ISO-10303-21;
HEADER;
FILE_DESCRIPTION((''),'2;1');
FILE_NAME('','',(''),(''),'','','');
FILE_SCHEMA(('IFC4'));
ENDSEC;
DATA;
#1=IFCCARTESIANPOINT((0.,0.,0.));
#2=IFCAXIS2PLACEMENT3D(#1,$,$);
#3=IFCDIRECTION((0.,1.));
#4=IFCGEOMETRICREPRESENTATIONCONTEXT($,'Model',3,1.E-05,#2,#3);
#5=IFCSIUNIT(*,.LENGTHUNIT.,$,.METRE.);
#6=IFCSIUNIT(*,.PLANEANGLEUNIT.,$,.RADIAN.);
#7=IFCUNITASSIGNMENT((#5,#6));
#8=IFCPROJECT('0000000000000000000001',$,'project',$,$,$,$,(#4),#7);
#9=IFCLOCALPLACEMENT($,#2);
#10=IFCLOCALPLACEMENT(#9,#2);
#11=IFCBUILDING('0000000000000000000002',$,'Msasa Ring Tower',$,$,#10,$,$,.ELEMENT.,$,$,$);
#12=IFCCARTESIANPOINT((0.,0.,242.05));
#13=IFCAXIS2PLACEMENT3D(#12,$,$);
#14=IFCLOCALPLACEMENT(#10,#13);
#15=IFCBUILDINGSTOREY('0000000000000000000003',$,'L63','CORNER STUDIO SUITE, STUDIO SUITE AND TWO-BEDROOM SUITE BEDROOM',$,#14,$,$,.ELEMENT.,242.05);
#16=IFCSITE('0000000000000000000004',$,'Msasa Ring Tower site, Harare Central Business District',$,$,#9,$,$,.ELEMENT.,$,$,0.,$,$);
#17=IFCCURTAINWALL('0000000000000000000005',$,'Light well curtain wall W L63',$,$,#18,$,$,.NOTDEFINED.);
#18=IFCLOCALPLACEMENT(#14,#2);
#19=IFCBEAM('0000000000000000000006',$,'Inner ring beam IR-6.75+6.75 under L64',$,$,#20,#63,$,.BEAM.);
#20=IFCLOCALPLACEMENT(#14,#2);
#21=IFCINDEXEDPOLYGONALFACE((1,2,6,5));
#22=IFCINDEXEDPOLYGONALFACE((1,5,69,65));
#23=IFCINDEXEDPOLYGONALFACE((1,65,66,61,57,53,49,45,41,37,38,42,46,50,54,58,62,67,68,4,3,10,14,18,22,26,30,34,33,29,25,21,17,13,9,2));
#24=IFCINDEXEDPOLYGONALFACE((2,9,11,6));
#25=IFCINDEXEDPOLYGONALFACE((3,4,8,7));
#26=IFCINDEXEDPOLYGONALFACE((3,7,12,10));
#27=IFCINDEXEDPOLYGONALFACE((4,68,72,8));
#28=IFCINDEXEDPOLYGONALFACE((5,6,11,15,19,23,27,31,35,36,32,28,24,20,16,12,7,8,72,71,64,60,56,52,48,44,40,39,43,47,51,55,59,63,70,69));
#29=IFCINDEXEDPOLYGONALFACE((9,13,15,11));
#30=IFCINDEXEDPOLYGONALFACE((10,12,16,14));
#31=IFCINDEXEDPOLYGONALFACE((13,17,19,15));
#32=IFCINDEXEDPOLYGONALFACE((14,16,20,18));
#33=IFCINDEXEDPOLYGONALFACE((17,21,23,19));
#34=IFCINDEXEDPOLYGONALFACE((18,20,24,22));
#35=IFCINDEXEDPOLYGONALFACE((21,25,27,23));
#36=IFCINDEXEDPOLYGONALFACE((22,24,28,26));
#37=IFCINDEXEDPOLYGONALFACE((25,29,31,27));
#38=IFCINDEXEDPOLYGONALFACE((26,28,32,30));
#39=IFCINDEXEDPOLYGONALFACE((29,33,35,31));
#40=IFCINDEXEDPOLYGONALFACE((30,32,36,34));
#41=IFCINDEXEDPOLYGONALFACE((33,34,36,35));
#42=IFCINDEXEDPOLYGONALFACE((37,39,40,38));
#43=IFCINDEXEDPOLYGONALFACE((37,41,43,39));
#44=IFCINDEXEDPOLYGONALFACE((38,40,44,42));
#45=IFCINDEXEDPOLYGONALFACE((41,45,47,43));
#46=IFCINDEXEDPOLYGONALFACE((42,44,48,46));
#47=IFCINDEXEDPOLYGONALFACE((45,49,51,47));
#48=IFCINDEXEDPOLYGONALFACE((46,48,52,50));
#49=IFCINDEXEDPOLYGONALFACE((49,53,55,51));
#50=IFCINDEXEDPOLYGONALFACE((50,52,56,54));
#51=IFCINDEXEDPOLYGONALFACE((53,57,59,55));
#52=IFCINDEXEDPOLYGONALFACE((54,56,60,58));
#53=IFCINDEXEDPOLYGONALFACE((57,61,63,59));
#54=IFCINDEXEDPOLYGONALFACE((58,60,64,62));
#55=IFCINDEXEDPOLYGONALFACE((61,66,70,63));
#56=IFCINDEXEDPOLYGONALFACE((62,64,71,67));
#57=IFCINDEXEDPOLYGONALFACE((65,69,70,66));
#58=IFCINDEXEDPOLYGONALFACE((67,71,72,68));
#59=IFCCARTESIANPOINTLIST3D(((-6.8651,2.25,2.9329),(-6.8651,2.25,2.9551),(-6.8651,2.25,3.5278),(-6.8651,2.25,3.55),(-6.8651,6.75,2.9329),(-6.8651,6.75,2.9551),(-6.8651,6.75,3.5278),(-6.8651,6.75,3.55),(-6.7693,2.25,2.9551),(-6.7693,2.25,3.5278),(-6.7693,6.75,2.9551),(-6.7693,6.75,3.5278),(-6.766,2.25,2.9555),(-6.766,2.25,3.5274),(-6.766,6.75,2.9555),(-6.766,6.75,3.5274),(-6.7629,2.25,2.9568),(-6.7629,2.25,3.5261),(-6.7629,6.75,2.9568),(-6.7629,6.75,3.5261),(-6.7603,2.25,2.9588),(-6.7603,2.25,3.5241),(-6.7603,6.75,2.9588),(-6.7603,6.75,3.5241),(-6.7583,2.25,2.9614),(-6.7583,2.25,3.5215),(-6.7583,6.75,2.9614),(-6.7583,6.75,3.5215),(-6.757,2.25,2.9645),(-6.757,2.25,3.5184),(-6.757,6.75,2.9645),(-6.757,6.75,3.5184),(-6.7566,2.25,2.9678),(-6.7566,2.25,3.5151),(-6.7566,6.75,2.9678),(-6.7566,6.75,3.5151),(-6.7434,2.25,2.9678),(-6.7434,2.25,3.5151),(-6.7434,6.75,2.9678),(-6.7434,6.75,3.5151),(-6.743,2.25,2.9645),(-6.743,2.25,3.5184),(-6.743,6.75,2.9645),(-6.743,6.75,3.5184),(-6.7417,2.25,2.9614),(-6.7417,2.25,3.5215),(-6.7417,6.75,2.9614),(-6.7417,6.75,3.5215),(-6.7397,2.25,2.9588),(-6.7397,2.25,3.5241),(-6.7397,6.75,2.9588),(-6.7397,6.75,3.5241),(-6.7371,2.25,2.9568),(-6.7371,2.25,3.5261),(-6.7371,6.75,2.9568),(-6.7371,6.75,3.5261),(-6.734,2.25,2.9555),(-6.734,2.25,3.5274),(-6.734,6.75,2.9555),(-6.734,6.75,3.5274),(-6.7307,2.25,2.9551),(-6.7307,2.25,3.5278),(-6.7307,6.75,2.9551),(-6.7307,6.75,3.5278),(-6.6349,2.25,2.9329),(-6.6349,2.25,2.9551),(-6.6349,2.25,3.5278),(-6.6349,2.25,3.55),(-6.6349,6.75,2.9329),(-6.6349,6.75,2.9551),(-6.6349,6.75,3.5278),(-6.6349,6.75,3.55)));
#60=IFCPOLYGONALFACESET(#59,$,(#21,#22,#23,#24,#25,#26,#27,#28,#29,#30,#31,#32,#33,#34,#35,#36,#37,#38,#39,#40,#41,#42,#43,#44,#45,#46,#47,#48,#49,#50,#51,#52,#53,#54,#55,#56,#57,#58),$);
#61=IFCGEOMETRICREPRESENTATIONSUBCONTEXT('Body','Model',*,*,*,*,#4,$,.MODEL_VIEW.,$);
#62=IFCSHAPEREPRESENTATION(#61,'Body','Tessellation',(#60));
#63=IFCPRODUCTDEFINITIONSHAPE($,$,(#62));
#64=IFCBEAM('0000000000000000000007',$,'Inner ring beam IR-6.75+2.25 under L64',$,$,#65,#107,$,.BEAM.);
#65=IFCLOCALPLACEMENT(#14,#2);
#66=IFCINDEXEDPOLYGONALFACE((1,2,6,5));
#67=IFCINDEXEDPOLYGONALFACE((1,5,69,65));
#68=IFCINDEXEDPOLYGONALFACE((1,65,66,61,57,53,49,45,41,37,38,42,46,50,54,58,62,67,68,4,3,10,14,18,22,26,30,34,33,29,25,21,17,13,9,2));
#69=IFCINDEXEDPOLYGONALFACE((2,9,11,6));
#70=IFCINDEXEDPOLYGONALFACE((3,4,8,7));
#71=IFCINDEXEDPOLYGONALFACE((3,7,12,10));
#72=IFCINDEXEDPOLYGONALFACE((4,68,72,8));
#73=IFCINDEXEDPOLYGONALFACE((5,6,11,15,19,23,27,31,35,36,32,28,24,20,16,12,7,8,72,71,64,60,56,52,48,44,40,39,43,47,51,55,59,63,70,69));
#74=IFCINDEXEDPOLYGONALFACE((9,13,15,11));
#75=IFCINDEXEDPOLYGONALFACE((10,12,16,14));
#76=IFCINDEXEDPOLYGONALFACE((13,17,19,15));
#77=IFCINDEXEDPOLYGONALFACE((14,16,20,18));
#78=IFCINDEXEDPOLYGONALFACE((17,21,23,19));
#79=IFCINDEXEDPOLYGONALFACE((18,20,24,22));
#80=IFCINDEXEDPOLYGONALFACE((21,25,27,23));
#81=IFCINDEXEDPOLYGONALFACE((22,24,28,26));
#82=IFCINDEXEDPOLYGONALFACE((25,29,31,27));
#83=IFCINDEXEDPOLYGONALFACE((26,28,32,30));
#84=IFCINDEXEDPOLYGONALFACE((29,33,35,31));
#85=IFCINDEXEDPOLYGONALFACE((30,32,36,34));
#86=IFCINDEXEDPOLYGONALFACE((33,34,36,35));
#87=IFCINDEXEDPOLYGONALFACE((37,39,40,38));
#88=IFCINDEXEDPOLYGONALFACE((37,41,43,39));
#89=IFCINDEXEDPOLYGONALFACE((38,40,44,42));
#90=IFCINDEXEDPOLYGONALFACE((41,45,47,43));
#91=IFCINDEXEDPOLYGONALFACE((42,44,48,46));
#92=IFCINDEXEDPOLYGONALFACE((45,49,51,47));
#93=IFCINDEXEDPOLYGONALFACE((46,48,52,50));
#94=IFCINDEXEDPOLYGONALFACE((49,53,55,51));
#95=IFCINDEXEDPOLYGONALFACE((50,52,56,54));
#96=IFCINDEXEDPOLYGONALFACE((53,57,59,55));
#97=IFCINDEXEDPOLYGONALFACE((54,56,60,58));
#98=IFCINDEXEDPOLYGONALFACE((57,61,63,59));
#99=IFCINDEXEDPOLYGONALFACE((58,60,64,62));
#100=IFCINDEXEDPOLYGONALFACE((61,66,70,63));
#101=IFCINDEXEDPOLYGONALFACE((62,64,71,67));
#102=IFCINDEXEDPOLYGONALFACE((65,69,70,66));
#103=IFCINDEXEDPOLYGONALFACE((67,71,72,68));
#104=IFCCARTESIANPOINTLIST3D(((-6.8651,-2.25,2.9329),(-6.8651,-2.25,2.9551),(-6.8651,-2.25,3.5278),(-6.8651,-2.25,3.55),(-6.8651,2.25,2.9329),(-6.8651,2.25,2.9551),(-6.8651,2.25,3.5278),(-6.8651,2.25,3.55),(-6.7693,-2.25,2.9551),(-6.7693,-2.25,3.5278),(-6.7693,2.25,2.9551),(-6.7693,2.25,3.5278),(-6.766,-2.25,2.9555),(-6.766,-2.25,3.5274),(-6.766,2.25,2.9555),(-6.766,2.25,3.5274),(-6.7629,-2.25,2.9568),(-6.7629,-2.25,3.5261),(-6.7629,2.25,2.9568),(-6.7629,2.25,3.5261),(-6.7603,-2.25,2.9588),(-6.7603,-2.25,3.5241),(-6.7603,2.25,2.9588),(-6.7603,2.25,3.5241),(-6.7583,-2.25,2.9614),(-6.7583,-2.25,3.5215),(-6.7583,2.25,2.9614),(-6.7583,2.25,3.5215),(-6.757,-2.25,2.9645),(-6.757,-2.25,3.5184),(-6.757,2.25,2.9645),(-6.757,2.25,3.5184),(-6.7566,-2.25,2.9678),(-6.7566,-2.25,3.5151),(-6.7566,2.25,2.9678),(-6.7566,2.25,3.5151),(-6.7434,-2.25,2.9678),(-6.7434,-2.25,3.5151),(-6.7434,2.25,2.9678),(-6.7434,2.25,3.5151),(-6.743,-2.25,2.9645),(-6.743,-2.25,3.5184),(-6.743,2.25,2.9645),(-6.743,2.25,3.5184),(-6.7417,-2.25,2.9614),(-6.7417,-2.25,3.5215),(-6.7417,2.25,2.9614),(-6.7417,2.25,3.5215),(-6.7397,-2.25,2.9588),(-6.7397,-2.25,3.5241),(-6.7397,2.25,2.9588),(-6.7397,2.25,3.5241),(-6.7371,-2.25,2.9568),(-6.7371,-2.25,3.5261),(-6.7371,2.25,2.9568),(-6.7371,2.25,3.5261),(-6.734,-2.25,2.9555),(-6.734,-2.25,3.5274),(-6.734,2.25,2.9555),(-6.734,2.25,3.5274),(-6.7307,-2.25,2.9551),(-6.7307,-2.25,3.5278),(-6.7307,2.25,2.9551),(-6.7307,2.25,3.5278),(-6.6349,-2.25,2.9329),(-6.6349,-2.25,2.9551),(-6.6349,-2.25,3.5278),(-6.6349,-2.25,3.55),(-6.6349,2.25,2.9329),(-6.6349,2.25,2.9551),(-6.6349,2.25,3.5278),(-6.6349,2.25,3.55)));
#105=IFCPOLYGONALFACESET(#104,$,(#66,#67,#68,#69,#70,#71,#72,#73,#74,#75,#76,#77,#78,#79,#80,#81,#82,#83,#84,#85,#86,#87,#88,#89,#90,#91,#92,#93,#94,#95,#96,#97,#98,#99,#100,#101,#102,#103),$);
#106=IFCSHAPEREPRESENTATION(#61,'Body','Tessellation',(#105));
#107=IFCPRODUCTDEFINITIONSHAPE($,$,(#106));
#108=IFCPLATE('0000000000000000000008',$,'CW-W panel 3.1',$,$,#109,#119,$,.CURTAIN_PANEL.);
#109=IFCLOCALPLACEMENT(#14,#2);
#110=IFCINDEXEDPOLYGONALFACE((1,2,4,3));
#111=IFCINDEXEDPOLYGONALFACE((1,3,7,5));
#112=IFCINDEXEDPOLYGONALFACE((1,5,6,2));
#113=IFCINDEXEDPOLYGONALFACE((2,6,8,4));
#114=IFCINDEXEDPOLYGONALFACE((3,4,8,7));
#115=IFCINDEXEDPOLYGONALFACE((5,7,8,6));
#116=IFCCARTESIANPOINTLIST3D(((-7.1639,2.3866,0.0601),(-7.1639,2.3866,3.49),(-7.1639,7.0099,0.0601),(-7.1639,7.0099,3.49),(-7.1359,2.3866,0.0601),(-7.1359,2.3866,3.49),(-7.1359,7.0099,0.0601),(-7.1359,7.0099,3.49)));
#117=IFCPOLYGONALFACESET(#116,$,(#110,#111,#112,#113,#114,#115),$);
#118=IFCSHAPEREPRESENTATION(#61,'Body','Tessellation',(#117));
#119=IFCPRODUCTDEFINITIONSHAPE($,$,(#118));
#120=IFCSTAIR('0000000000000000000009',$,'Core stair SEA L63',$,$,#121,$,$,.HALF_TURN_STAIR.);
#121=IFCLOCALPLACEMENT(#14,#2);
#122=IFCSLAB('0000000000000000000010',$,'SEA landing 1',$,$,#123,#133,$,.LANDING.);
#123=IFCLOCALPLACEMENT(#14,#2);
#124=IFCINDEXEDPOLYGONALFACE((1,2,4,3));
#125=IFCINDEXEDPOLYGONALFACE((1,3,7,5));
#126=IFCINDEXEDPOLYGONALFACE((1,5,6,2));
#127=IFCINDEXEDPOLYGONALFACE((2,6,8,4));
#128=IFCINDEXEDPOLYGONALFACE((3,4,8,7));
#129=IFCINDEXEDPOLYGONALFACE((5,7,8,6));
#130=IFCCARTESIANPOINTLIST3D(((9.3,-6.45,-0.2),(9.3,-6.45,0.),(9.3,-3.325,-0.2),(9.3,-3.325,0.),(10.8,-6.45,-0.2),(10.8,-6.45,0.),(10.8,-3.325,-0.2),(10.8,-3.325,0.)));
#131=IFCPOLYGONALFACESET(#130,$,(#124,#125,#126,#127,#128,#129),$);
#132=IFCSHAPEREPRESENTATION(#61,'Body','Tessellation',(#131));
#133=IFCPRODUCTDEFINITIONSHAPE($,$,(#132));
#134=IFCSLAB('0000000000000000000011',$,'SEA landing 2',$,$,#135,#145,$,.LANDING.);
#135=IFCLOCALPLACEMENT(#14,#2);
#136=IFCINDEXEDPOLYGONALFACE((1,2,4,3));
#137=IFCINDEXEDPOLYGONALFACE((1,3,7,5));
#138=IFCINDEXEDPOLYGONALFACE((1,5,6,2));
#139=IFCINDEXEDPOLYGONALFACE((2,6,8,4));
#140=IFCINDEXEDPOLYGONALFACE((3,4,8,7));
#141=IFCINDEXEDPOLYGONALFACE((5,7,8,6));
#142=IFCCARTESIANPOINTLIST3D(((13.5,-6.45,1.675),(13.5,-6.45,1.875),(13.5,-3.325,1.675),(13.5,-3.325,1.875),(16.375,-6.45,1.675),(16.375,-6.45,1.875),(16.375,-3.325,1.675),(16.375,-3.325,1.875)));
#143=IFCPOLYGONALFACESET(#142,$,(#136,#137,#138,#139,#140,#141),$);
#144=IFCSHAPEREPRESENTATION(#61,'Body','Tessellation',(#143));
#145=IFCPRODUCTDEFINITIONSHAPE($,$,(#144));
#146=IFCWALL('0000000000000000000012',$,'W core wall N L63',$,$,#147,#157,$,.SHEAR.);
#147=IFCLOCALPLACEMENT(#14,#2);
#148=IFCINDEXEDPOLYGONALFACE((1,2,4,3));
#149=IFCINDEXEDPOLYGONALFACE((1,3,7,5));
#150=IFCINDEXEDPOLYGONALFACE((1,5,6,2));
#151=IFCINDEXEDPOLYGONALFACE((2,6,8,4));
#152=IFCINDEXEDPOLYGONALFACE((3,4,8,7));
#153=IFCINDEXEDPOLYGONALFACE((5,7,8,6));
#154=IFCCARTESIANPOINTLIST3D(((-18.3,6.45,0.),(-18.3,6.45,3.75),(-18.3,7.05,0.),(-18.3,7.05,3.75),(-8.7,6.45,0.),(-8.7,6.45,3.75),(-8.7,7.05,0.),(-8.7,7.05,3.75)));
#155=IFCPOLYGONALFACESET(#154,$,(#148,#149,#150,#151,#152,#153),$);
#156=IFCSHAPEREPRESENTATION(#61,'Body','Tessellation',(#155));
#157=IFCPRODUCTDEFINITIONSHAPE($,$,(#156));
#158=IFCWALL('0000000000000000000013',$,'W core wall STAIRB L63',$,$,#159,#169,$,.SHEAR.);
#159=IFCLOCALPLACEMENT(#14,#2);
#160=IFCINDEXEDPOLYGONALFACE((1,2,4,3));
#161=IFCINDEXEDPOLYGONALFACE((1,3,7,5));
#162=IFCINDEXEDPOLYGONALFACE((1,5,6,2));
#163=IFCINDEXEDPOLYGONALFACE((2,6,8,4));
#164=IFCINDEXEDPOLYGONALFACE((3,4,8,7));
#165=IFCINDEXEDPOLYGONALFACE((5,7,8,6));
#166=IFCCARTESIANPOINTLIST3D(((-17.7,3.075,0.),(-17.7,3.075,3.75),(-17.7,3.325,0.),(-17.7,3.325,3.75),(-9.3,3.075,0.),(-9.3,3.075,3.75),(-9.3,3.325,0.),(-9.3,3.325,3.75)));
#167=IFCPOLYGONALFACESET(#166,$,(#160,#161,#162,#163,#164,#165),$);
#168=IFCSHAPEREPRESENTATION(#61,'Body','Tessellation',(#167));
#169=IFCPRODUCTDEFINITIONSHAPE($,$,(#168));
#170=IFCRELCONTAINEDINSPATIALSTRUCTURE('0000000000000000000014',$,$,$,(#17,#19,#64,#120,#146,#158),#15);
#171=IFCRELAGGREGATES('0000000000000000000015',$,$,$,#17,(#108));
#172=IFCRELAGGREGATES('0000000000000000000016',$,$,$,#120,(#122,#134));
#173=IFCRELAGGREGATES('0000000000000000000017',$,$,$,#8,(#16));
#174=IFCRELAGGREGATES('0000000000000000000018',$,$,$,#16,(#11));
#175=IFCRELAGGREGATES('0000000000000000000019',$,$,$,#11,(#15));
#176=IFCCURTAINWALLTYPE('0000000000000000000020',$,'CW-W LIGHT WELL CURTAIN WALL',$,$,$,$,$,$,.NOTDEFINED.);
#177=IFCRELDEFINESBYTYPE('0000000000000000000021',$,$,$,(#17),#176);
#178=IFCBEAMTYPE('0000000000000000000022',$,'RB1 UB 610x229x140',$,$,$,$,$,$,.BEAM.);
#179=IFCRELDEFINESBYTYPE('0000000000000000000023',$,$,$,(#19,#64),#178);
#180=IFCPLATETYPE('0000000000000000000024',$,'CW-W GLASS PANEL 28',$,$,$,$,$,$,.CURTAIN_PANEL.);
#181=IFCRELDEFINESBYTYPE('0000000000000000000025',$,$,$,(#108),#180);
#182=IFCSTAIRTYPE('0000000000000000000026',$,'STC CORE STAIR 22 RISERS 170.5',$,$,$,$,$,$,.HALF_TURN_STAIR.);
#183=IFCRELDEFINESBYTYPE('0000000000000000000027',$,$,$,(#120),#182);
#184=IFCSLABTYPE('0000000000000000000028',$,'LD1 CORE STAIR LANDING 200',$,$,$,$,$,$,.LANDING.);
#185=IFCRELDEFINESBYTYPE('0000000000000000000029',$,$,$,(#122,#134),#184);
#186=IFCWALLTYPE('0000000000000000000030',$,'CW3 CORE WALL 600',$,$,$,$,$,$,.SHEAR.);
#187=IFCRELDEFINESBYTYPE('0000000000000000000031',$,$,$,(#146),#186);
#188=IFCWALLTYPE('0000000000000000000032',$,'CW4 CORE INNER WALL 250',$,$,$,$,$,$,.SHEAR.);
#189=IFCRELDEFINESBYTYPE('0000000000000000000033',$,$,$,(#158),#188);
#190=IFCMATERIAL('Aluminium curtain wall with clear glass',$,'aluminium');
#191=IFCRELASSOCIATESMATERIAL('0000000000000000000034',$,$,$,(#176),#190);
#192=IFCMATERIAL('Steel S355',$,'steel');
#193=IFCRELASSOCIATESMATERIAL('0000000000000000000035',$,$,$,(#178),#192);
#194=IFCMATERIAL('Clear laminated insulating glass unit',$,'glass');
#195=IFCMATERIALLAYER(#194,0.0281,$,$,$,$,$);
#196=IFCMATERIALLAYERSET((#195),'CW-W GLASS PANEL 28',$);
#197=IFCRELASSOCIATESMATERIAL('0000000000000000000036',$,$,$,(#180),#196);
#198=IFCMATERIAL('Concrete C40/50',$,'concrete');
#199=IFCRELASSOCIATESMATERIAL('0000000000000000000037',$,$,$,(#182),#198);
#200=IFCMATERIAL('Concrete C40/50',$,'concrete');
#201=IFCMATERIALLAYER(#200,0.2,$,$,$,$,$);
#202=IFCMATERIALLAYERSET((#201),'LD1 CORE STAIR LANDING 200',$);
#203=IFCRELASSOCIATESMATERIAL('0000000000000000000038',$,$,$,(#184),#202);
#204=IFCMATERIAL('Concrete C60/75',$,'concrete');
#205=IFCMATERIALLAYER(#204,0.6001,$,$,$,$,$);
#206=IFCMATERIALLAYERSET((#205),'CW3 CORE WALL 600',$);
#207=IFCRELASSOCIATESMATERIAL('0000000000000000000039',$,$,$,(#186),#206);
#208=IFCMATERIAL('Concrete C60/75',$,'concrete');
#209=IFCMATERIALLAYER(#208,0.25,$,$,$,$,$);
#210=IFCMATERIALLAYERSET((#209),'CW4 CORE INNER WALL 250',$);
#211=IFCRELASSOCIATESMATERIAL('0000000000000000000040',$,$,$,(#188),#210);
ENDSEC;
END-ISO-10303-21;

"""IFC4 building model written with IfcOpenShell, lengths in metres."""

from ifc_helpers import new_model, si_unit, direction, frame, frame_2d, origin, origin_2d, place, context, subcontext, project, spatial, polyline, rectangle, i_section, outline, extrude, material, layer, layer_set, material_profile, profile_set, type_object, element, aggregate, save


model = new_model("IFC4")

# Units and contexts
model_context = context("Model", 3, precision=1e-05, world=origin(), true_north=direction((0.0, 1.0)))
body_context = subcontext(model_context, "Body", "Model", "MODEL_VIEW")
ifc_project = project(units=[si_unit("LENGTHUNIT", "METRE"), si_unit("PLANEANGLEUNIT", "RADIAN")], contexts=[model_context])

# Site, building, storey
site_placement = place(None, origin())
site = spatial("IfcSite", under=ifc_project, at=site_placement, Name="Msasa Ring Tower site, Harare Central Business District", CompositionType="ELEMENT", RefElevation=0.0)
building_placement = place(site_placement, origin())
building = spatial("IfcBuilding", under=site, at=building_placement, Name="Msasa Ring Tower", CompositionType="ELEMENT")
storey_placement = place(building_placement, frame((0.0, 0.0, 242.05)))
storey = spatial("IfcBuildingStorey", under=building, at=storey_placement, Name="L63", Description="CORNER STUDIO SUITE, STUDIO SUITE AND TWO-BEDROOM SUITE BEDROOM", CompositionType="ELEMENT", Elevation=242.05)

# Shared definitions
ifc_material_1 = material(Name="Aluminium curtain wall with clear glass", Category="aluminium")
curtain_wall_type = type_object("IfcCurtainWallType", Name="CW-W LIGHT WELL CURTAIN WALL", PredefinedType="NOTDEFINED", material=ifc_material_1)

# Curtain wall
curtain_wall_1_placement = place(storey_placement, origin())
curtain_wall_1 = element("IfcCurtainWall", 1, at=curtain_wall_1_placement, inside=storey, type_object=curtain_wall_type, Name="Light well curtain wall W L63", PredefinedType="NOTDEFINED")

# Beams
ifc_material_2 = material(Name="Steel S355", Category="steel")
ifc_material_profile_1 = material_profile(ifc_material_2, i_section(OverallWidth=0.2302, OverallDepth=0.6172, WebThickness=0.0132, FlangeThickness=0.0222, FilletRadius=0.0127, at=origin_2d()), Name="UB 610x229x140")
ifc_profile_set_1 = profile_set([ifc_material_profile_1], Name="Steel S355")
beam_type = type_object("IfcBeamType", Name="RB1 UB 610x229x140", PredefinedType="BEAM", material=ifc_profile_set_1)
for number, where, z_axis, x_axis, name in (
    (2, (-6.75, 6.75, 3.2415), (0.0, -1.0, 0.0), (1.0, 0.0, 0.0), "Inner ring beam IR-6.75+6.75 under L64"),
    (3, (-6.75, 2.25, 3.2415), (0.0, -1.0, 0.0), (1.0, 0.0, 0.0), "Inner ring beam IR-6.75+2.25 under L64"),
):
    element("IfcBeam", number, at=place(storey_placement, frame(where, z_axis=z_axis, x_axis=x_axis)), inside=storey, type_object=beam_type, Name=name, PredefinedType="BEAM", context=body_context, shape_type="SweptSolid", body=[
        extrude(i_section(OverallWidth=0.2302, OverallDepth=0.6172, WebThickness=0.0132, FlangeThickness=0.0222, FilletRadius=0.0127, at=origin_2d()), origin(), (0.0, 0.0, 1.0), 4.5),
    ])

# Plate
ifc_material_3 = material(Name="Clear laminated insulating glass unit", Category="glass")
ifc_layer_1 = layer(ifc_material_3, 0.0281)
ifc_layer_set_1 = layer_set([ifc_layer_1], Name="CW-W GLASS PANEL 28")
plate_type = type_object("IfcPlateType", Name="CW-W GLASS PANEL 28", PredefinedType="CURTAIN_PANEL", material=ifc_layer_set_1)
plate_placement = place(storey_placement, frame((-7.1499, 4.6982, 0.0601), z_axis=(0.0, 0.0, 1.0), x_axis=(0.0, 1.0, 0.0)))
plate = element("IfcPlate", 4, at=plate_placement, type_object=plate_type, Name="CW-W panel 3.1", PredefinedType="CURTAIN_PANEL", context=body_context, shape_type="SweptSolid", body=[
    extrude(rectangle(XDim=4.6233, YDim=0.0281, at=origin_2d()), origin(), (0.0, 0.0, 1.0), 3.4299),
])
aggregate(curtain_wall_1, [plate])

# Stair, slabs
ifc_material_4 = material(Name="Concrete C40/50", Category="concrete")
stair_type = type_object("IfcStairType", Name="STC CORE STAIR 22 RISERS 170.5", PredefinedType="HALF_TURN_STAIR", material=ifc_material_4)
stair_1_placement = place(storey_placement, origin())
stair_1 = element("IfcStair", 5, at=stair_1_placement, inside=storey, type_object=stair_type, Name="Core stair SEA L63", PredefinedType="HALF_TURN_STAIR")
ifc_material_5 = material(Name="Concrete C40/50", Category="concrete")
ifc_layer_2 = layer(ifc_material_5, 0.2)
ifc_layer_set_2 = layer_set([ifc_layer_2], Name="LD1 CORE STAIR LANDING 200")
slab_type = type_object("IfcSlabType", Name="LD1 CORE STAIR LANDING 200", PredefinedType="LANDING", material=ifc_layer_set_2)
slab_1_placement = place(storey_placement, frame((0.0, 0.0, -0.2)))
slab_1 = element("IfcSlab", 6, at=slab_1_placement, type_object=slab_type, Name="SEA landing 1", PredefinedType="LANDING", context=body_context, shape_type="SweptSolid", body=[
    extrude(outline(polyline([(9.3, -6.45), (10.8, -6.45), (10.8, -3.325), (9.3, -3.325), (9.3, -6.45)])), origin(), (0.0, 0.0, 1.0), 0.2),
])
slab_2_placement = place(storey_placement, frame((0.0, 0.0, 1.675)))
slab_2 = element("IfcSlab", 7, at=slab_2_placement, type_object=slab_type, Name="SEA landing 2", PredefinedType="LANDING", context=body_context, shape_type="SweptSolid", body=[
    extrude(outline(polyline([(13.5, -6.45), (16.375, -6.45), (16.375, -3.325), (13.5, -3.325), (13.5, -6.45)])), origin(), (0.0, 0.0, 1.0), 0.2),
])
aggregate(stair_1, [slab_1, slab_2])

# Walls
ifc_material_6 = material(Name="Concrete C60/75", Category="concrete")
ifc_layer_3 = layer(ifc_material_6, 0.6001)
ifc_layer_set_3 = layer_set([ifc_layer_3], Name="CW3 CORE WALL 600")
wall_type_1 = type_object("IfcWallType", Name="CW3 CORE WALL 600", PredefinedType="SHEAR", material=ifc_layer_set_3)
wall_1_placement = place(storey_placement, frame((-8.7, 6.75, 0.0), z_axis=(0.0, 0.0, 1.0), x_axis=(-1.0, 0.0, 0.0)))
element("IfcWall", 8, at=wall_1_placement, inside=storey, type_object=wall_type_1, Name="W core wall N L63", PredefinedType="SHEAR", context=body_context, shape_type="SweptSolid", body=[
    extrude(rectangle(XDim=9.6001, YDim=0.6001, at=frame_2d((4.8, 0.0))), origin(), (0.0, 0.0, 1.0), 3.75),
])
ifc_material_7 = material(Name="Concrete C60/75", Category="concrete")
ifc_layer_4 = layer(ifc_material_7, 0.25)
ifc_layer_set_4 = layer_set([ifc_layer_4], Name="CW4 CORE INNER WALL 250")
wall_type_2 = type_object("IfcWallType", Name="CW4 CORE INNER WALL 250", PredefinedType="SHEAR", material=ifc_layer_set_4)
wall_2_placement = place(storey_placement, frame((-9.3, 3.2, 0.0), z_axis=(0.0, 0.0, 1.0), x_axis=(-1.0, 0.0, 0.0)))
element("IfcWall", 9, at=wall_2_placement, inside=storey, type_object=wall_type_2, Name="W core wall STAIRB L63", PredefinedType="SHEAR", context=body_context, shape_type="SweptSolid", body=[
    extrude(rectangle(XDim=8.3999, YDim=0.25, at=frame_2d((4.2, 0.0))), origin(), (0.0, 0.0, 1.0), 3.75),
])

save(model, "model.ifc")
